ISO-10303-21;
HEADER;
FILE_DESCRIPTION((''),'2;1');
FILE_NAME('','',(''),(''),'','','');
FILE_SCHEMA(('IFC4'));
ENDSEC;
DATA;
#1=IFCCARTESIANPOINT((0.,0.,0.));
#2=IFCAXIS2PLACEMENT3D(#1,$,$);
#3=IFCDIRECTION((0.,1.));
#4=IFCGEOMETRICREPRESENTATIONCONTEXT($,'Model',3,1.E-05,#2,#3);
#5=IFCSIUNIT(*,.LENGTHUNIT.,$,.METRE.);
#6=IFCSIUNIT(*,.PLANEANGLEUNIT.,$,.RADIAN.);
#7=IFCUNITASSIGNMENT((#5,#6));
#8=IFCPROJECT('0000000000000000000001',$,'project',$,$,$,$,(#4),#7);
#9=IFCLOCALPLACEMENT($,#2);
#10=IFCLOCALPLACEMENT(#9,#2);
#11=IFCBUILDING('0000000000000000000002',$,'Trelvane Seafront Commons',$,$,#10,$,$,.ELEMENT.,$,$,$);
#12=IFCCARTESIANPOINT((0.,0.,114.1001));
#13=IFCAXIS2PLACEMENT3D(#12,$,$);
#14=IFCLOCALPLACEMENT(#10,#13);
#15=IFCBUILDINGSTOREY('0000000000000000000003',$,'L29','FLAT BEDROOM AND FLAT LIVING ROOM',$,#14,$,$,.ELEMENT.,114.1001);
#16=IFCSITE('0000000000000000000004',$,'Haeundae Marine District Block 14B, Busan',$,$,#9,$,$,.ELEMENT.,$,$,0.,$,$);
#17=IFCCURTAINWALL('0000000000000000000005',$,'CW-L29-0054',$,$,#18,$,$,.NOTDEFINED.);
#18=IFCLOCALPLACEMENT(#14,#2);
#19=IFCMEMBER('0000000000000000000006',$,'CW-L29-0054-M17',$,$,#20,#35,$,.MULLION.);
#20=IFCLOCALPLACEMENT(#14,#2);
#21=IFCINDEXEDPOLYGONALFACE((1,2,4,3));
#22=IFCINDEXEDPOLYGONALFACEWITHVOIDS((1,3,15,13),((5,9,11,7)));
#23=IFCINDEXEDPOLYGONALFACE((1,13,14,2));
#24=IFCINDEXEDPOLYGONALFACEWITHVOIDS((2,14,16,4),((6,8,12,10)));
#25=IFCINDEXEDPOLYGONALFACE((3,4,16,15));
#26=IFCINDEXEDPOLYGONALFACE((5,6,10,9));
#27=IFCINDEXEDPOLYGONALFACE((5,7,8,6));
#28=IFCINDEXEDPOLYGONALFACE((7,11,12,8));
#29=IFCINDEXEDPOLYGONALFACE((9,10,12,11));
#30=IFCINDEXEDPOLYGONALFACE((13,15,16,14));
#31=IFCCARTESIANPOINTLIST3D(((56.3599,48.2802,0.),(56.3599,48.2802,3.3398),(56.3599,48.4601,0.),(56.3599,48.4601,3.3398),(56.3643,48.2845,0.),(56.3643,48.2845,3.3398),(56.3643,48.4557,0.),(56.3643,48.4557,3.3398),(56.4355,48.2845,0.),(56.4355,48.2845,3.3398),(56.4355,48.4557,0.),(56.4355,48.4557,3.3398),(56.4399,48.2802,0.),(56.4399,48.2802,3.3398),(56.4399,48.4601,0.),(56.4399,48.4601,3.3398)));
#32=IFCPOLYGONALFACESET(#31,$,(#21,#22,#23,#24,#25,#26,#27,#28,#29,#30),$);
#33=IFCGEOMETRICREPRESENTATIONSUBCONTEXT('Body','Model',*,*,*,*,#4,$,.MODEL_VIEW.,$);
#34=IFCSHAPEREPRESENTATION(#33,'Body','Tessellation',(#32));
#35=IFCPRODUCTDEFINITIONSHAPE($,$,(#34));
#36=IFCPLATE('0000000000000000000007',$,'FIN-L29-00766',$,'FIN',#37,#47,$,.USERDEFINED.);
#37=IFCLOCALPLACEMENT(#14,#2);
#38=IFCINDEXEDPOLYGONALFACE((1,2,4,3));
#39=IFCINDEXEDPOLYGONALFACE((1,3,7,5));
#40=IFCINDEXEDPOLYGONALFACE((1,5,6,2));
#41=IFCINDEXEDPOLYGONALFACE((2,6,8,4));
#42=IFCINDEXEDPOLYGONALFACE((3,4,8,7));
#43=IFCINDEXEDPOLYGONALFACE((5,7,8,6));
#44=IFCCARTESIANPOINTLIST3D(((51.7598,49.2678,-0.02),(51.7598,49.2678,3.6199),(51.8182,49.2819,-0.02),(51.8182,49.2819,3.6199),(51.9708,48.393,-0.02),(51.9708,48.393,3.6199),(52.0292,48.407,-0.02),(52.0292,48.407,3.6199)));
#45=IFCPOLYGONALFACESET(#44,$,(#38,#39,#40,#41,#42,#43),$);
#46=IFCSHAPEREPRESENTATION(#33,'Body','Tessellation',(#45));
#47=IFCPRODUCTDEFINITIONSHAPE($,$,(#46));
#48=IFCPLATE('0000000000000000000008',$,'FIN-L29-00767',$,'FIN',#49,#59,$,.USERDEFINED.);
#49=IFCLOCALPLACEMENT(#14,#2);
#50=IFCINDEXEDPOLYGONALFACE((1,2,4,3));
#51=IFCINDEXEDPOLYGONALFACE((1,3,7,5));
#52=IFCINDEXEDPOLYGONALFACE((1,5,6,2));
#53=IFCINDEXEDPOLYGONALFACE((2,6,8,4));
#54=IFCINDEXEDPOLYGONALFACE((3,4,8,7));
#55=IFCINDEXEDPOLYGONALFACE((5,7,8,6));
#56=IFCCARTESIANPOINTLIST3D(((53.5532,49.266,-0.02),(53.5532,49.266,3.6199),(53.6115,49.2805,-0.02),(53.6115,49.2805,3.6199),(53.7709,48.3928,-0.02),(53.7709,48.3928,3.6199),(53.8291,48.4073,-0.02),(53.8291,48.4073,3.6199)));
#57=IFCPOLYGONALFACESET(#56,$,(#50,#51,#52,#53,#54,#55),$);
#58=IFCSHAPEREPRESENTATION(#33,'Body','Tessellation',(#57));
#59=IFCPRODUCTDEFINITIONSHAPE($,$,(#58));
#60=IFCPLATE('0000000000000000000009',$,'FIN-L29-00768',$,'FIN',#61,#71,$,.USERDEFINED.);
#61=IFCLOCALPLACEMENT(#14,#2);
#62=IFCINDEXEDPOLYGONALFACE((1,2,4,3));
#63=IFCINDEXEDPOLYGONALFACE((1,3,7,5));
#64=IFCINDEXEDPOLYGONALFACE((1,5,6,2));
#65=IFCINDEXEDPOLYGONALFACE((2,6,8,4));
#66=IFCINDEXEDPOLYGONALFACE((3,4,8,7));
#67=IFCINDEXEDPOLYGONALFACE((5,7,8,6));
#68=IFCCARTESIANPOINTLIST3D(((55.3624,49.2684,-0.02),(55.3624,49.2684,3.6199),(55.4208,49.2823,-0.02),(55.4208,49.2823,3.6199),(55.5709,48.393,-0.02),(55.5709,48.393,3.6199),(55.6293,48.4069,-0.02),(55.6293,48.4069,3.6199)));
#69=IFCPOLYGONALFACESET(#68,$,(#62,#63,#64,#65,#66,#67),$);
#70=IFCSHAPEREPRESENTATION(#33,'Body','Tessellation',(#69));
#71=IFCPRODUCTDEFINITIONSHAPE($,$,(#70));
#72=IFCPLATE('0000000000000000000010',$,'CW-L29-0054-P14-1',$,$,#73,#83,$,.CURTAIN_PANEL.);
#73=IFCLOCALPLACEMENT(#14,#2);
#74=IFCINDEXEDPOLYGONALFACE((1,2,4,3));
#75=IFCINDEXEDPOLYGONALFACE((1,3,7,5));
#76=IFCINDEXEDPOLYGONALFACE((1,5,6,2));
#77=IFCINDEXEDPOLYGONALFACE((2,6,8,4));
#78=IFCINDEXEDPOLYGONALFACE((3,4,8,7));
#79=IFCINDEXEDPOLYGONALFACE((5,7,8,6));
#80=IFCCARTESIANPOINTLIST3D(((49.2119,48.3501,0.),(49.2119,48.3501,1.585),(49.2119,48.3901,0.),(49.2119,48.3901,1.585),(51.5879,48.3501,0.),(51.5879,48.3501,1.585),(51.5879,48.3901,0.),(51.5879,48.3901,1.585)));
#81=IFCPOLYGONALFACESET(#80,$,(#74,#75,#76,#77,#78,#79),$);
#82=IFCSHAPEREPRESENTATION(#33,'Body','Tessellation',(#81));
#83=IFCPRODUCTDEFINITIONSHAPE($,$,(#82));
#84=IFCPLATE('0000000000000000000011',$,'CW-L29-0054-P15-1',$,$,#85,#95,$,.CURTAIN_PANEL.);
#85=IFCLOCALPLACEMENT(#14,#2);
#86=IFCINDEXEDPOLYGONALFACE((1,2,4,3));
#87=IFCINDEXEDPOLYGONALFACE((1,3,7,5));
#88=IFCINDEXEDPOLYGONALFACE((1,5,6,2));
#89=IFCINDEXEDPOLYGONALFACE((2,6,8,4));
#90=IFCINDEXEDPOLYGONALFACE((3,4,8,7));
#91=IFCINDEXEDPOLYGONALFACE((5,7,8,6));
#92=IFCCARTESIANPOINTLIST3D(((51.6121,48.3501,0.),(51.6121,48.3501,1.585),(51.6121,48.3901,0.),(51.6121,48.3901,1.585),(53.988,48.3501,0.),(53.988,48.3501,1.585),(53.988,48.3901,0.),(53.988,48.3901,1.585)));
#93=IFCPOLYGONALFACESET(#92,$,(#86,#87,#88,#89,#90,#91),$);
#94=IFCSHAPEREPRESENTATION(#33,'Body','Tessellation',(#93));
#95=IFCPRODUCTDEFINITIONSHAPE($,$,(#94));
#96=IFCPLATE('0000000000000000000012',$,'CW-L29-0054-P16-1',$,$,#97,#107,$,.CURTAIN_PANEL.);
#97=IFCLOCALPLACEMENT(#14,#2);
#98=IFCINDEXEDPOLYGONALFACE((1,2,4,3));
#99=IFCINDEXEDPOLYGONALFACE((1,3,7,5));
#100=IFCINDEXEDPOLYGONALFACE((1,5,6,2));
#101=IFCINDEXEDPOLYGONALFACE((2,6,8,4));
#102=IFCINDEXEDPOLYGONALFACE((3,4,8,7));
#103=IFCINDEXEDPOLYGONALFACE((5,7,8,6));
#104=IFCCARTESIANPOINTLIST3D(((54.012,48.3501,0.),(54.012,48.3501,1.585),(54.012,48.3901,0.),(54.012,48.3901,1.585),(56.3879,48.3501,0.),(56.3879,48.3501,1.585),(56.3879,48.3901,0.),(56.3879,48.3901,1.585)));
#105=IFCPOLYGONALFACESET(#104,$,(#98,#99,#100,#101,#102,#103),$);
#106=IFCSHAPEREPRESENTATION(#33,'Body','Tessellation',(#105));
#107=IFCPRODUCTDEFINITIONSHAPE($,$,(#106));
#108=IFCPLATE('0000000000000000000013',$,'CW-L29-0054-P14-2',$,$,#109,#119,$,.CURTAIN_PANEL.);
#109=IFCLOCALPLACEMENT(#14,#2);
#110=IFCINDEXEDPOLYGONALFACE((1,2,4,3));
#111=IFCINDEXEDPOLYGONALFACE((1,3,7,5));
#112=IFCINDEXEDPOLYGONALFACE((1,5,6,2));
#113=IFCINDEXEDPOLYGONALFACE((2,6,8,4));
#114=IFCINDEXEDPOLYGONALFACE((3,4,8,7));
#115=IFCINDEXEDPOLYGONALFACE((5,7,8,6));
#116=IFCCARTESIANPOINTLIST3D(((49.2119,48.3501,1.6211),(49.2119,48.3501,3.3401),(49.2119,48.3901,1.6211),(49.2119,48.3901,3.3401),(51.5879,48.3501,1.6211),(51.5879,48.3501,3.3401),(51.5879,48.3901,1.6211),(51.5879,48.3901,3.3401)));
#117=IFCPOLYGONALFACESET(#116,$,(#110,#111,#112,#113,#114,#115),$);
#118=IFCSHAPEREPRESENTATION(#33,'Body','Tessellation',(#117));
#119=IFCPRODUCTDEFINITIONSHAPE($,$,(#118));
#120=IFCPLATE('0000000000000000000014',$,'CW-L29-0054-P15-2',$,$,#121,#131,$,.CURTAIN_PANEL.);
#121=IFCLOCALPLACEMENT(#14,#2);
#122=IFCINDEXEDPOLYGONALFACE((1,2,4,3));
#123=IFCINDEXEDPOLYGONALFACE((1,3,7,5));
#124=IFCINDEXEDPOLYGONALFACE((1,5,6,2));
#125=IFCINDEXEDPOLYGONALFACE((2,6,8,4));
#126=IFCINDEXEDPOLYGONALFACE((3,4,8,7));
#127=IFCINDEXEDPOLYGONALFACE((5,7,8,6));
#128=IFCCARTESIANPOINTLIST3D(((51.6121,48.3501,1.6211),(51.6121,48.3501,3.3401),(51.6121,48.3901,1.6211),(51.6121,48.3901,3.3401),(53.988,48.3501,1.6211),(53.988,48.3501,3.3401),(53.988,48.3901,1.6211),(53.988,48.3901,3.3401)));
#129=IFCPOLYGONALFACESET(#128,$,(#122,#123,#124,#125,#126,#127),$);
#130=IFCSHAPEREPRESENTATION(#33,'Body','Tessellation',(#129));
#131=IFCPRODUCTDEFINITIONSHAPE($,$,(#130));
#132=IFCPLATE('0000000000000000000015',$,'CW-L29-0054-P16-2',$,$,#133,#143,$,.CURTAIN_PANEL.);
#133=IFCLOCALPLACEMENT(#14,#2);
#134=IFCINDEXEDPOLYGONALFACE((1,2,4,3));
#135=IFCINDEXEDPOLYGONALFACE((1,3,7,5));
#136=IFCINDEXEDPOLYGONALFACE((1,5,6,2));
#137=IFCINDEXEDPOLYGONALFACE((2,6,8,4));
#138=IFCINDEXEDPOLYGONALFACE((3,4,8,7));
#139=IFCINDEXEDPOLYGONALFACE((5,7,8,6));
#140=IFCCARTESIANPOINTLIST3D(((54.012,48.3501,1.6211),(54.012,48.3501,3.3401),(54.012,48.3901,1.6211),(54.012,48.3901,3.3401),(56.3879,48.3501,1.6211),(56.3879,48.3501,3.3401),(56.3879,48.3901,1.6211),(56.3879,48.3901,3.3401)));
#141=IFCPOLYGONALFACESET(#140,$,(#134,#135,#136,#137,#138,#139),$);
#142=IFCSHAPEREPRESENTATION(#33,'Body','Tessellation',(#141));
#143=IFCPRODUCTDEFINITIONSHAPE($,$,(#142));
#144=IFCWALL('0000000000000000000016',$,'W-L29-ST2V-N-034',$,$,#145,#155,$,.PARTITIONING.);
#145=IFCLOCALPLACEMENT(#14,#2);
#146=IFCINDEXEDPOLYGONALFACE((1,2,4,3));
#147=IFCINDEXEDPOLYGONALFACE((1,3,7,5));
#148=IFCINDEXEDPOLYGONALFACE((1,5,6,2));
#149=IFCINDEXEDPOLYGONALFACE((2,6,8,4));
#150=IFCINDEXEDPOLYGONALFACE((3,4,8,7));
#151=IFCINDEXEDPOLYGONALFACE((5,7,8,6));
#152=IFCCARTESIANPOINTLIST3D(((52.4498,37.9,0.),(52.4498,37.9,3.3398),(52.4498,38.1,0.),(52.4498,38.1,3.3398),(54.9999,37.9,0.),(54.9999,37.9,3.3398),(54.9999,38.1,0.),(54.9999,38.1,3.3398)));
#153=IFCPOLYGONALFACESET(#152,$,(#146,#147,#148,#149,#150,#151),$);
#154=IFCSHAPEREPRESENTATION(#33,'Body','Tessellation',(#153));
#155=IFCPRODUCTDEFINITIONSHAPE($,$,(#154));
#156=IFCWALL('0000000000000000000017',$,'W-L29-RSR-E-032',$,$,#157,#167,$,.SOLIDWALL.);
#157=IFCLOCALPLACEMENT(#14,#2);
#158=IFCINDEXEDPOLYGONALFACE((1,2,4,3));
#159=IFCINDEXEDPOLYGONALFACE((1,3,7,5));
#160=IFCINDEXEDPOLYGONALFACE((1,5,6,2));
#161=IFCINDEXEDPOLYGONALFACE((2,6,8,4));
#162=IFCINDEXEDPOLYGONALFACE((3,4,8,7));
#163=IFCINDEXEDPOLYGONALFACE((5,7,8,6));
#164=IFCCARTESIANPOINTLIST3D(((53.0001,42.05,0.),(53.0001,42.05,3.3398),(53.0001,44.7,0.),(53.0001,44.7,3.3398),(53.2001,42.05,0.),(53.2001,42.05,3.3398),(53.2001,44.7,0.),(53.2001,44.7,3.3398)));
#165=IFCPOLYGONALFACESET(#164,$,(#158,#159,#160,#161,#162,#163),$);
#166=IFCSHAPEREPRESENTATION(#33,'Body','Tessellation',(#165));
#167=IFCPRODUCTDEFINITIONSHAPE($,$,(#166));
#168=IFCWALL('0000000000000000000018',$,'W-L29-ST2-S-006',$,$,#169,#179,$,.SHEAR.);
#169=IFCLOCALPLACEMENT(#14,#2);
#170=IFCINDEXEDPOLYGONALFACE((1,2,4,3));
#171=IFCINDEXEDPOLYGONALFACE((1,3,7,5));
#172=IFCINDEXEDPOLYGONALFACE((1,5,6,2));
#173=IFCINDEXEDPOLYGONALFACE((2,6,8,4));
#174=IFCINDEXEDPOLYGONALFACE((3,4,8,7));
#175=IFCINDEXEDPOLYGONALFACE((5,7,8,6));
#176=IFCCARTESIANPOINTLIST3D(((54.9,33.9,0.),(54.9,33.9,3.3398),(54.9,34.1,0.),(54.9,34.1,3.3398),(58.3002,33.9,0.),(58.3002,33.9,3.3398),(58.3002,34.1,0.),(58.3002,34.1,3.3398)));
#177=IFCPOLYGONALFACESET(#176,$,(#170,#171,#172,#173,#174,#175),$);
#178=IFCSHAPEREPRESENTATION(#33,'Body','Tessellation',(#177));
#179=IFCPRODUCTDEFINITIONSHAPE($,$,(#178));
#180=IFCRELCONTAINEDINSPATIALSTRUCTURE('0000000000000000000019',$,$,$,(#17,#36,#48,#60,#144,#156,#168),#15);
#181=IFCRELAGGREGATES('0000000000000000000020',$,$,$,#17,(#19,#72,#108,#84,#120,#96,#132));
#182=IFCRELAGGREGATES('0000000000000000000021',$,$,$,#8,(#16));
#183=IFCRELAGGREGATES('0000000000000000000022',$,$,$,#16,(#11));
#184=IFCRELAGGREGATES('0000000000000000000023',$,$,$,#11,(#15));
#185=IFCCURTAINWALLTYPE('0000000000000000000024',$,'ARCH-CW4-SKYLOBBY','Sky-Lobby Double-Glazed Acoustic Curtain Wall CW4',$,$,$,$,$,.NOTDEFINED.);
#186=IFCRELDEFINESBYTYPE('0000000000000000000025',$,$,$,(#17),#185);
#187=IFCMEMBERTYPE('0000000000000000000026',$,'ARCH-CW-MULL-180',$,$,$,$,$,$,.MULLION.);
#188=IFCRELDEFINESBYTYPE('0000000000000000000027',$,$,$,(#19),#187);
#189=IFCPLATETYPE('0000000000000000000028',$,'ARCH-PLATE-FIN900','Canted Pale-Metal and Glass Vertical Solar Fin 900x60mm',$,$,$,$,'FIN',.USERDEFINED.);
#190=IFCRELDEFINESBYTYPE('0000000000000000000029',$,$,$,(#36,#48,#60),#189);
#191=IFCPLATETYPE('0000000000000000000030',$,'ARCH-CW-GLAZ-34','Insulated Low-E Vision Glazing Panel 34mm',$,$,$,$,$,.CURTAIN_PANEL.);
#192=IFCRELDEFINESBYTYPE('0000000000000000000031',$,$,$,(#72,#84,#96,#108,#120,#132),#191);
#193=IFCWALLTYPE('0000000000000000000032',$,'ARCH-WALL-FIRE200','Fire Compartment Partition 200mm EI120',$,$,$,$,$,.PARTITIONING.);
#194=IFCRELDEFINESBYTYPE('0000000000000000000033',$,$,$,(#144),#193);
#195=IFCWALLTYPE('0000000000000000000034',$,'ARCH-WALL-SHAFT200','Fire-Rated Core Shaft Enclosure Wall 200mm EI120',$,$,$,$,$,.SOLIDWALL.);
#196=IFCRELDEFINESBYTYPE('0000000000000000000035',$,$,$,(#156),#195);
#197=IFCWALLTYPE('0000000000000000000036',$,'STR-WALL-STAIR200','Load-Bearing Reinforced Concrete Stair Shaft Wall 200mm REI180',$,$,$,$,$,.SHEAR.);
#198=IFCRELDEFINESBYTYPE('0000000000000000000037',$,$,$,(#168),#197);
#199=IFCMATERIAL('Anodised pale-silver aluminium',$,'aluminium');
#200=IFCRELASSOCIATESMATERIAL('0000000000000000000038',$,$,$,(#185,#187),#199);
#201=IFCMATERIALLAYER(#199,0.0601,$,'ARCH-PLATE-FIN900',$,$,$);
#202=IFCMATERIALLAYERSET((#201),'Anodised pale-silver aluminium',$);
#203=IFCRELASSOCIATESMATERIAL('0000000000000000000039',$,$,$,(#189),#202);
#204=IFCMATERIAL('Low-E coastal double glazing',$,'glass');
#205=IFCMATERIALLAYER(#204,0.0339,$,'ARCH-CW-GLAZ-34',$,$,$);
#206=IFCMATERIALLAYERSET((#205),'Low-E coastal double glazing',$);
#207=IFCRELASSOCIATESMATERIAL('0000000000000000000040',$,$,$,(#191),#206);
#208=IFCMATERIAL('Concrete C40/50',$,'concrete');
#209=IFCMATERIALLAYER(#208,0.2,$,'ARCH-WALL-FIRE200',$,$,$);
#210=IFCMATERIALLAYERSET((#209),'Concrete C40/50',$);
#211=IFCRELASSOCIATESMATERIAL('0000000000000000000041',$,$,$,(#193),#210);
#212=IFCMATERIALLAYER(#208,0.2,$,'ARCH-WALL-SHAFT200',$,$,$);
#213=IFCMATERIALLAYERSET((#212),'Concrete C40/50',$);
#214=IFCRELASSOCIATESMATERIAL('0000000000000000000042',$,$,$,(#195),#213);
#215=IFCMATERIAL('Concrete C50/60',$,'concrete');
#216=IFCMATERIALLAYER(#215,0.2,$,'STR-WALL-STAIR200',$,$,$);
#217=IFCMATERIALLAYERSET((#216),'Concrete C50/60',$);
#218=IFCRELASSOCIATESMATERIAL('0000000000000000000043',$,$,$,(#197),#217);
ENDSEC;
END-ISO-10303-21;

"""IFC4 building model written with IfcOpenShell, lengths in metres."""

from ifc_helpers import new_model, si_unit, direction, frame, frame_2d, origin, origin_2d, place, context, subcontext, project, spatial, rectangle, hollow_rectangle, extrude, source, transform, mapped, material, layer, layer_set, material_profile, profile_set, type_object, element, aggregate, save


model = new_model("IFC4")

# Units and contexts
model_context = context("Model", 3, precision=1e-05, world=origin(), true_north=direction((0.0, 1.0)))
body_context = subcontext(model_context, "Body", "Model", "MODEL_VIEW")
ifc_project = project(units=[si_unit("LENGTHUNIT", "METRE"), si_unit("PLANEANGLEUNIT", "RADIAN")], contexts=[model_context])

# Site, building, storey
site_placement = place(None, origin())
site = spatial("IfcSite", under=ifc_project, at=site_placement, Name="Haeundae Marine District Block 14B, Busan", CompositionType="ELEMENT", RefElevation=0.0)
building_placement = place(site_placement, origin())
building = spatial("IfcBuilding", under=site, at=building_placement, Name="Trelvane Seafront Commons", CompositionType="ELEMENT")
storey_placement = place(building_placement, frame((0.0, 0.0, 114.1001)))
storey = spatial("IfcBuildingStorey", under=building, at=storey_placement, Name="L29", Description="FLAT BEDROOM AND FLAT LIVING ROOM", CompositionType="ELEMENT", Elevation=114.1001)

# Curtain wall, member
ifc_material_1 = material(Name="Anodised pale-silver aluminium", Category="aluminium")
curtain_wall_type = type_object("IfcCurtainWallType", Name="ARCH-CW4-SKYLOBBY", Description="Sky-Lobby Double-Glazed Acoustic Curtain Wall CW4", PredefinedType="NOTDEFINED", material=ifc_material_1)
curtain_wall_placement = place(storey_placement, origin())
curtain_wall = element("IfcCurtainWall", 1, at=curtain_wall_placement, inside=storey, type_object=curtain_wall_type, Name="CW-L29-0054", PredefinedType="NOTDEFINED")
ifc_material_profile_1 = material_profile(ifc_material_1, hollow_rectangle(XDim=0.0801, YDim=0.1799, WallThickness=0.0044, at=origin_2d()), Name="MULL-80x180x4.5")
ifc_profile_set_1 = profile_set([ifc_material_profile_1], Name="Anodised pale-silver aluminium")
member_type_1 = type_object("IfcMemberType", Name="ARCH-CW-MULL-180", PredefinedType="MULLION", material=ifc_profile_set_1)
shared_shape_1 = source(origin(), body_context, "Body", "SweptSolid", [
    extrude(hollow_rectangle(XDim=0.0801, YDim=0.1799, WallThickness=0.0044, at=origin_2d()), origin(), (0.0, 0.0, 1.0), 3.3398),
])
member_1_placement = place(storey_placement, frame((56.3999, 48.3701, 0.0), z_axis=(0.0, 0.0, 1.0), x_axis=(1.0, 0.0, 0.0)))
member_1 = element("IfcMember", 2, at=member_1_placement, type_object=member_type_1, Name="CW-L29-0054-M17", PredefinedType="MULLION", context=body_context, shape_type="MappedRepresentation", body=[
    mapped(shared_shape_1, transform((0.0, 0.0, 0.0), x_axis=(1.0, 0.0, 0.0), y_axis=(0.0, 1.0, 0.0), z_axis=(0.0, 0.0, 1.0), scale=1.0)),
])

# Plates
ifc_layer_1 = layer(ifc_material_1, 0.0601, Name="ARCH-PLATE-FIN900")
ifc_layer_set_1 = layer_set([ifc_layer_1], Name="Anodised pale-silver aluminium")
plate_type_1 = type_object("IfcPlateType", Name="ARCH-PLATE-FIN900", Description="Canted Pale-Metal and Glass Vertical Solar Fin 900x60mm", ElementType="FIN", PredefinedType="USERDEFINED", material=ifc_layer_set_1)
shared_shape_2 = source(origin(), body_context, "Body", "SweptSolid", [
    extrude(rectangle(XDim=0.8999, YDim=0.0601, at=origin_2d()), origin(), (0.0, 0.0, 1.0), 3.6399),
])
for number, where, z_axis, x_axis, name in (
    (3, (51.8945, 48.8374, -0.02), (0.0, 0.0, 1.0), (-0.234448, 0.972129, 0.0), "FIN-L29-00766"),
    (4, (53.6912, 48.8367, -0.02), (0.0, 0.0, 1.0), (-0.241881, 0.970306, 0.0), "FIN-L29-00767"),
    (5, (55.4958, 48.8376, -0.02), (0.0, 0.0, 1.0), (-0.23167, 0.972794, 0.0), "FIN-L29-00768"),
):
    element("IfcPlate", number, at=place(storey_placement, frame(where, z_axis=z_axis, x_axis=x_axis)), inside=storey, type_object=plate_type_1, Name=name, ObjectType="FIN", PredefinedType="USERDEFINED", context=body_context, shape_type="MappedRepresentation", body=[
        mapped(shared_shape_2, transform((0.0, 0.0, 0.0), x_axis=(1.0, 0.0, 0.0), y_axis=(0.0, 1.0, 0.0), z_axis=(0.0, 0.0, 1.0), scale=1.0)),
    ])

# Plates
ifc_material_2 = material(Name="Low-E coastal double glazing", Category="glass")
ifc_layer_2 = layer(ifc_material_2, 0.0339, Name="ARCH-CW-GLAZ-34")
ifc_layer_set_2 = layer_set([ifc_layer_2], Name="Low-E coastal double glazing")
plate_type_2 = type_object("IfcPlateType", Name="ARCH-CW-GLAZ-34", Description="Insulated Low-E Vision Glazing Panel 34mm", PredefinedType="CURTAIN_PANEL", material=ifc_layer_set_2)
shared_shape_3 = source(origin(), body_context, "Body", "SweptSolid", [
    extrude(rectangle(XDim=2.376, YDim=0.04, at=origin_2d()), origin(), (0.0, 0.0, 1.0), 1.585),
])
plate_1_placement = place(storey_placement, frame((50.3999, 48.3701, 0.0), z_axis=(0.0, 0.0, 1.0), x_axis=(1.0, 0.0, 0.0)))
plate_1 = element("IfcPlate", 6, at=plate_1_placement, type_object=plate_type_2, Name="CW-L29-0054-P14-1", PredefinedType="CURTAIN_PANEL", context=body_context, shape_type="MappedRepresentation", body=[
    mapped(shared_shape_3, transform((0.0, 0.0, 0.0), x_axis=(1.0, 0.0, 0.0), y_axis=(0.0, 1.0, 0.0), z_axis=(0.0, 0.0, 1.0), scale=1.0)),
])
plate_2_placement = place(storey_placement, frame((52.8, 48.3701, 0.0), z_axis=(0.0, 0.0, 1.0), x_axis=(1.0, 0.0, 0.0)))
plate_2 = element("IfcPlate", 7, at=plate_2_placement, type_object=plate_type_2, Name="CW-L29-0054-P15-1", PredefinedType="CURTAIN_PANEL", context=body_context, shape_type="MappedRepresentation", body=[
    mapped(shared_shape_3, transform((0.0, 0.0, 0.0), x_axis=(1.0, 0.0, 0.0), y_axis=(0.0, 1.0, 0.0), z_axis=(0.0, 0.0, 1.0), scale=1.0)),
])
plate_3_placement = place(storey_placement, frame((55.2, 48.3701, 0.0), z_axis=(0.0, 0.0, 1.0), x_axis=(1.0, 0.0, 0.0)))
plate_3 = element("IfcPlate", 8, at=plate_3_placement, type_object=plate_type_2, Name="CW-L29-0054-P16-1", PredefinedType="CURTAIN_PANEL", context=body_context, shape_type="MappedRepresentation", body=[
    mapped(shared_shape_3, transform((0.0, 0.0, 0.0), x_axis=(1.0, 0.0, 0.0), y_axis=(0.0, 1.0, 0.0), z_axis=(0.0, 0.0, 1.0), scale=1.0)),
])
shared_shape_4 = source(origin(), body_context, "Body", "SweptSolid", [
    extrude(rectangle(XDim=2.376, YDim=0.04, at=origin_2d()), origin(), (0.0, 0.0, 1.0), 1.719),
])
plate_4_placement = place(storey_placement, frame((50.3999, 48.3701, 1.6211), z_axis=(0.0, 0.0, 1.0), x_axis=(1.0, 0.0, 0.0)))
plate_4 = element("IfcPlate", 9, at=plate_4_placement, type_object=plate_type_2, Name="CW-L29-0054-P14-2", PredefinedType="CURTAIN_PANEL", context=body_context, shape_type="MappedRepresentation", body=[
    mapped(shared_shape_4, transform((0.0, 0.0, 0.0), x_axis=(1.0, 0.0, 0.0), y_axis=(0.0, 1.0, 0.0), z_axis=(0.0, 0.0, 1.0), scale=1.0)),
])
plate_5_placement = place(storey_placement, frame((52.8, 48.3701, 1.6211), z_axis=(0.0, 0.0, 1.0), x_axis=(1.0, 0.0, 0.0)))
plate_5 = element("IfcPlate", 10, at=plate_5_placement, type_object=plate_type_2, Name="CW-L29-0054-P15-2", PredefinedType="CURTAIN_PANEL", context=body_context, shape_type="MappedRepresentation", body=[
    mapped(shared_shape_4, transform((0.0, 0.0, 0.0), x_axis=(1.0, 0.0, 0.0), y_axis=(0.0, 1.0, 0.0), z_axis=(0.0, 0.0, 1.0), scale=1.0)),
])
plate_6_placement = place(storey_placement, frame((55.2, 48.3701, 1.6211), z_axis=(0.0, 0.0, 1.0), x_axis=(1.0, 0.0, 0.0)))
plate_6 = element("IfcPlate", 11, at=plate_6_placement, type_object=plate_type_2, Name="CW-L29-0054-P16-2", PredefinedType="CURTAIN_PANEL", context=body_context, shape_type="MappedRepresentation", body=[
    mapped(shared_shape_4, transform((0.0, 0.0, 0.0), x_axis=(1.0, 0.0, 0.0), y_axis=(0.0, 1.0, 0.0), z_axis=(0.0, 0.0, 1.0), scale=1.0)),
])
aggregate(curtain_wall, [member_1, plate_1, plate_4, plate_2, plate_5, plate_3, plate_6])

# Walls
ifc_material_3 = material(Name="Concrete C40/50", Category="concrete")
ifc_layer_3 = layer(ifc_material_3, 0.2, Name="ARCH-WALL-FIRE200")
ifc_layer_set_3 = layer_set([ifc_layer_3], Name="Concrete C40/50")
wall_type_1 = type_object("IfcWallType", Name="ARCH-WALL-FIRE200", Description="Fire Compartment Partition 200mm EI120", PredefinedType="PARTITIONING", material=ifc_layer_set_3)
wall_1_placement = place(storey_placement, frame((52.45, 38.0, 0.0), z_axis=(0.0, 0.0, 1.0), x_axis=(1.0, 0.0, 0.0)))
element("IfcWall", 12, at=wall_1_placement, inside=storey, type_object=wall_type_1, Name="W-L29-ST2V-N-034", PredefinedType="PARTITIONING", context=body_context, shape_type="SweptSolid", body=[
    extrude(rectangle(XDim=2.55, YDim=0.2, at=frame_2d((1.2749, 0.0))), origin(), (0.0, 0.0, 1.0), 3.3398),
])
ifc_layer_4 = layer(ifc_material_3, 0.2, Name="ARCH-WALL-SHAFT200")
ifc_layer_set_4 = layer_set([ifc_layer_4], Name="Concrete C40/50")
wall_type_2 = type_object("IfcWallType", Name="ARCH-WALL-SHAFT200", Description="Fire-Rated Core Shaft Enclosure Wall 200mm EI120", PredefinedType="SOLIDWALL", material=ifc_layer_set_4)
wall_2_placement = place(storey_placement, frame((53.1001, 42.05, 0.0), z_axis=(0.0, 0.0, 1.0), x_axis=(0.0, 1.0, 0.0)))
element("IfcWall", 13, at=wall_2_placement, inside=storey, type_object=wall_type_2, Name="W-L29-RSR-E-032", PredefinedType="SOLIDWALL", context=body_context, shape_type="SweptSolid", body=[
    extrude(rectangle(XDim=2.6499, YDim=0.2, at=frame_2d((1.325, 0.0))), origin(), (0.0, 0.0, 1.0), 3.3398),
])
ifc_material_4 = material(Name="Concrete C50/60", Category="concrete")
ifc_layer_5 = layer(ifc_material_4, 0.2, Name="STR-WALL-STAIR200")
ifc_layer_set_5 = layer_set([ifc_layer_5], Name="Concrete C50/60")
wall_type_3 = type_object("IfcWallType", Name="STR-WALL-STAIR200", Description="Load-Bearing Reinforced Concrete Stair Shaft Wall 200mm REI180", PredefinedType="SHEAR", material=ifc_layer_set_5)
wall_3_placement = place(storey_placement, frame((54.8999, 34.0, 0.0), z_axis=(0.0, 0.0, 1.0), x_axis=(1.0, 0.0, 0.0)))
element("IfcWall", 14, at=wall_3_placement, inside=storey, type_object=wall_type_3, Name="W-L29-ST2-S-006", PredefinedType="SHEAR", context=body_context, shape_type="SweptSolid", body=[
    extrude(rectangle(XDim=3.4001, YDim=0.2, at=frame_2d((1.7002, 0.0))), origin(), (0.0, 0.0, 1.0), 3.3398),
])

save(model, "model.ifc")
